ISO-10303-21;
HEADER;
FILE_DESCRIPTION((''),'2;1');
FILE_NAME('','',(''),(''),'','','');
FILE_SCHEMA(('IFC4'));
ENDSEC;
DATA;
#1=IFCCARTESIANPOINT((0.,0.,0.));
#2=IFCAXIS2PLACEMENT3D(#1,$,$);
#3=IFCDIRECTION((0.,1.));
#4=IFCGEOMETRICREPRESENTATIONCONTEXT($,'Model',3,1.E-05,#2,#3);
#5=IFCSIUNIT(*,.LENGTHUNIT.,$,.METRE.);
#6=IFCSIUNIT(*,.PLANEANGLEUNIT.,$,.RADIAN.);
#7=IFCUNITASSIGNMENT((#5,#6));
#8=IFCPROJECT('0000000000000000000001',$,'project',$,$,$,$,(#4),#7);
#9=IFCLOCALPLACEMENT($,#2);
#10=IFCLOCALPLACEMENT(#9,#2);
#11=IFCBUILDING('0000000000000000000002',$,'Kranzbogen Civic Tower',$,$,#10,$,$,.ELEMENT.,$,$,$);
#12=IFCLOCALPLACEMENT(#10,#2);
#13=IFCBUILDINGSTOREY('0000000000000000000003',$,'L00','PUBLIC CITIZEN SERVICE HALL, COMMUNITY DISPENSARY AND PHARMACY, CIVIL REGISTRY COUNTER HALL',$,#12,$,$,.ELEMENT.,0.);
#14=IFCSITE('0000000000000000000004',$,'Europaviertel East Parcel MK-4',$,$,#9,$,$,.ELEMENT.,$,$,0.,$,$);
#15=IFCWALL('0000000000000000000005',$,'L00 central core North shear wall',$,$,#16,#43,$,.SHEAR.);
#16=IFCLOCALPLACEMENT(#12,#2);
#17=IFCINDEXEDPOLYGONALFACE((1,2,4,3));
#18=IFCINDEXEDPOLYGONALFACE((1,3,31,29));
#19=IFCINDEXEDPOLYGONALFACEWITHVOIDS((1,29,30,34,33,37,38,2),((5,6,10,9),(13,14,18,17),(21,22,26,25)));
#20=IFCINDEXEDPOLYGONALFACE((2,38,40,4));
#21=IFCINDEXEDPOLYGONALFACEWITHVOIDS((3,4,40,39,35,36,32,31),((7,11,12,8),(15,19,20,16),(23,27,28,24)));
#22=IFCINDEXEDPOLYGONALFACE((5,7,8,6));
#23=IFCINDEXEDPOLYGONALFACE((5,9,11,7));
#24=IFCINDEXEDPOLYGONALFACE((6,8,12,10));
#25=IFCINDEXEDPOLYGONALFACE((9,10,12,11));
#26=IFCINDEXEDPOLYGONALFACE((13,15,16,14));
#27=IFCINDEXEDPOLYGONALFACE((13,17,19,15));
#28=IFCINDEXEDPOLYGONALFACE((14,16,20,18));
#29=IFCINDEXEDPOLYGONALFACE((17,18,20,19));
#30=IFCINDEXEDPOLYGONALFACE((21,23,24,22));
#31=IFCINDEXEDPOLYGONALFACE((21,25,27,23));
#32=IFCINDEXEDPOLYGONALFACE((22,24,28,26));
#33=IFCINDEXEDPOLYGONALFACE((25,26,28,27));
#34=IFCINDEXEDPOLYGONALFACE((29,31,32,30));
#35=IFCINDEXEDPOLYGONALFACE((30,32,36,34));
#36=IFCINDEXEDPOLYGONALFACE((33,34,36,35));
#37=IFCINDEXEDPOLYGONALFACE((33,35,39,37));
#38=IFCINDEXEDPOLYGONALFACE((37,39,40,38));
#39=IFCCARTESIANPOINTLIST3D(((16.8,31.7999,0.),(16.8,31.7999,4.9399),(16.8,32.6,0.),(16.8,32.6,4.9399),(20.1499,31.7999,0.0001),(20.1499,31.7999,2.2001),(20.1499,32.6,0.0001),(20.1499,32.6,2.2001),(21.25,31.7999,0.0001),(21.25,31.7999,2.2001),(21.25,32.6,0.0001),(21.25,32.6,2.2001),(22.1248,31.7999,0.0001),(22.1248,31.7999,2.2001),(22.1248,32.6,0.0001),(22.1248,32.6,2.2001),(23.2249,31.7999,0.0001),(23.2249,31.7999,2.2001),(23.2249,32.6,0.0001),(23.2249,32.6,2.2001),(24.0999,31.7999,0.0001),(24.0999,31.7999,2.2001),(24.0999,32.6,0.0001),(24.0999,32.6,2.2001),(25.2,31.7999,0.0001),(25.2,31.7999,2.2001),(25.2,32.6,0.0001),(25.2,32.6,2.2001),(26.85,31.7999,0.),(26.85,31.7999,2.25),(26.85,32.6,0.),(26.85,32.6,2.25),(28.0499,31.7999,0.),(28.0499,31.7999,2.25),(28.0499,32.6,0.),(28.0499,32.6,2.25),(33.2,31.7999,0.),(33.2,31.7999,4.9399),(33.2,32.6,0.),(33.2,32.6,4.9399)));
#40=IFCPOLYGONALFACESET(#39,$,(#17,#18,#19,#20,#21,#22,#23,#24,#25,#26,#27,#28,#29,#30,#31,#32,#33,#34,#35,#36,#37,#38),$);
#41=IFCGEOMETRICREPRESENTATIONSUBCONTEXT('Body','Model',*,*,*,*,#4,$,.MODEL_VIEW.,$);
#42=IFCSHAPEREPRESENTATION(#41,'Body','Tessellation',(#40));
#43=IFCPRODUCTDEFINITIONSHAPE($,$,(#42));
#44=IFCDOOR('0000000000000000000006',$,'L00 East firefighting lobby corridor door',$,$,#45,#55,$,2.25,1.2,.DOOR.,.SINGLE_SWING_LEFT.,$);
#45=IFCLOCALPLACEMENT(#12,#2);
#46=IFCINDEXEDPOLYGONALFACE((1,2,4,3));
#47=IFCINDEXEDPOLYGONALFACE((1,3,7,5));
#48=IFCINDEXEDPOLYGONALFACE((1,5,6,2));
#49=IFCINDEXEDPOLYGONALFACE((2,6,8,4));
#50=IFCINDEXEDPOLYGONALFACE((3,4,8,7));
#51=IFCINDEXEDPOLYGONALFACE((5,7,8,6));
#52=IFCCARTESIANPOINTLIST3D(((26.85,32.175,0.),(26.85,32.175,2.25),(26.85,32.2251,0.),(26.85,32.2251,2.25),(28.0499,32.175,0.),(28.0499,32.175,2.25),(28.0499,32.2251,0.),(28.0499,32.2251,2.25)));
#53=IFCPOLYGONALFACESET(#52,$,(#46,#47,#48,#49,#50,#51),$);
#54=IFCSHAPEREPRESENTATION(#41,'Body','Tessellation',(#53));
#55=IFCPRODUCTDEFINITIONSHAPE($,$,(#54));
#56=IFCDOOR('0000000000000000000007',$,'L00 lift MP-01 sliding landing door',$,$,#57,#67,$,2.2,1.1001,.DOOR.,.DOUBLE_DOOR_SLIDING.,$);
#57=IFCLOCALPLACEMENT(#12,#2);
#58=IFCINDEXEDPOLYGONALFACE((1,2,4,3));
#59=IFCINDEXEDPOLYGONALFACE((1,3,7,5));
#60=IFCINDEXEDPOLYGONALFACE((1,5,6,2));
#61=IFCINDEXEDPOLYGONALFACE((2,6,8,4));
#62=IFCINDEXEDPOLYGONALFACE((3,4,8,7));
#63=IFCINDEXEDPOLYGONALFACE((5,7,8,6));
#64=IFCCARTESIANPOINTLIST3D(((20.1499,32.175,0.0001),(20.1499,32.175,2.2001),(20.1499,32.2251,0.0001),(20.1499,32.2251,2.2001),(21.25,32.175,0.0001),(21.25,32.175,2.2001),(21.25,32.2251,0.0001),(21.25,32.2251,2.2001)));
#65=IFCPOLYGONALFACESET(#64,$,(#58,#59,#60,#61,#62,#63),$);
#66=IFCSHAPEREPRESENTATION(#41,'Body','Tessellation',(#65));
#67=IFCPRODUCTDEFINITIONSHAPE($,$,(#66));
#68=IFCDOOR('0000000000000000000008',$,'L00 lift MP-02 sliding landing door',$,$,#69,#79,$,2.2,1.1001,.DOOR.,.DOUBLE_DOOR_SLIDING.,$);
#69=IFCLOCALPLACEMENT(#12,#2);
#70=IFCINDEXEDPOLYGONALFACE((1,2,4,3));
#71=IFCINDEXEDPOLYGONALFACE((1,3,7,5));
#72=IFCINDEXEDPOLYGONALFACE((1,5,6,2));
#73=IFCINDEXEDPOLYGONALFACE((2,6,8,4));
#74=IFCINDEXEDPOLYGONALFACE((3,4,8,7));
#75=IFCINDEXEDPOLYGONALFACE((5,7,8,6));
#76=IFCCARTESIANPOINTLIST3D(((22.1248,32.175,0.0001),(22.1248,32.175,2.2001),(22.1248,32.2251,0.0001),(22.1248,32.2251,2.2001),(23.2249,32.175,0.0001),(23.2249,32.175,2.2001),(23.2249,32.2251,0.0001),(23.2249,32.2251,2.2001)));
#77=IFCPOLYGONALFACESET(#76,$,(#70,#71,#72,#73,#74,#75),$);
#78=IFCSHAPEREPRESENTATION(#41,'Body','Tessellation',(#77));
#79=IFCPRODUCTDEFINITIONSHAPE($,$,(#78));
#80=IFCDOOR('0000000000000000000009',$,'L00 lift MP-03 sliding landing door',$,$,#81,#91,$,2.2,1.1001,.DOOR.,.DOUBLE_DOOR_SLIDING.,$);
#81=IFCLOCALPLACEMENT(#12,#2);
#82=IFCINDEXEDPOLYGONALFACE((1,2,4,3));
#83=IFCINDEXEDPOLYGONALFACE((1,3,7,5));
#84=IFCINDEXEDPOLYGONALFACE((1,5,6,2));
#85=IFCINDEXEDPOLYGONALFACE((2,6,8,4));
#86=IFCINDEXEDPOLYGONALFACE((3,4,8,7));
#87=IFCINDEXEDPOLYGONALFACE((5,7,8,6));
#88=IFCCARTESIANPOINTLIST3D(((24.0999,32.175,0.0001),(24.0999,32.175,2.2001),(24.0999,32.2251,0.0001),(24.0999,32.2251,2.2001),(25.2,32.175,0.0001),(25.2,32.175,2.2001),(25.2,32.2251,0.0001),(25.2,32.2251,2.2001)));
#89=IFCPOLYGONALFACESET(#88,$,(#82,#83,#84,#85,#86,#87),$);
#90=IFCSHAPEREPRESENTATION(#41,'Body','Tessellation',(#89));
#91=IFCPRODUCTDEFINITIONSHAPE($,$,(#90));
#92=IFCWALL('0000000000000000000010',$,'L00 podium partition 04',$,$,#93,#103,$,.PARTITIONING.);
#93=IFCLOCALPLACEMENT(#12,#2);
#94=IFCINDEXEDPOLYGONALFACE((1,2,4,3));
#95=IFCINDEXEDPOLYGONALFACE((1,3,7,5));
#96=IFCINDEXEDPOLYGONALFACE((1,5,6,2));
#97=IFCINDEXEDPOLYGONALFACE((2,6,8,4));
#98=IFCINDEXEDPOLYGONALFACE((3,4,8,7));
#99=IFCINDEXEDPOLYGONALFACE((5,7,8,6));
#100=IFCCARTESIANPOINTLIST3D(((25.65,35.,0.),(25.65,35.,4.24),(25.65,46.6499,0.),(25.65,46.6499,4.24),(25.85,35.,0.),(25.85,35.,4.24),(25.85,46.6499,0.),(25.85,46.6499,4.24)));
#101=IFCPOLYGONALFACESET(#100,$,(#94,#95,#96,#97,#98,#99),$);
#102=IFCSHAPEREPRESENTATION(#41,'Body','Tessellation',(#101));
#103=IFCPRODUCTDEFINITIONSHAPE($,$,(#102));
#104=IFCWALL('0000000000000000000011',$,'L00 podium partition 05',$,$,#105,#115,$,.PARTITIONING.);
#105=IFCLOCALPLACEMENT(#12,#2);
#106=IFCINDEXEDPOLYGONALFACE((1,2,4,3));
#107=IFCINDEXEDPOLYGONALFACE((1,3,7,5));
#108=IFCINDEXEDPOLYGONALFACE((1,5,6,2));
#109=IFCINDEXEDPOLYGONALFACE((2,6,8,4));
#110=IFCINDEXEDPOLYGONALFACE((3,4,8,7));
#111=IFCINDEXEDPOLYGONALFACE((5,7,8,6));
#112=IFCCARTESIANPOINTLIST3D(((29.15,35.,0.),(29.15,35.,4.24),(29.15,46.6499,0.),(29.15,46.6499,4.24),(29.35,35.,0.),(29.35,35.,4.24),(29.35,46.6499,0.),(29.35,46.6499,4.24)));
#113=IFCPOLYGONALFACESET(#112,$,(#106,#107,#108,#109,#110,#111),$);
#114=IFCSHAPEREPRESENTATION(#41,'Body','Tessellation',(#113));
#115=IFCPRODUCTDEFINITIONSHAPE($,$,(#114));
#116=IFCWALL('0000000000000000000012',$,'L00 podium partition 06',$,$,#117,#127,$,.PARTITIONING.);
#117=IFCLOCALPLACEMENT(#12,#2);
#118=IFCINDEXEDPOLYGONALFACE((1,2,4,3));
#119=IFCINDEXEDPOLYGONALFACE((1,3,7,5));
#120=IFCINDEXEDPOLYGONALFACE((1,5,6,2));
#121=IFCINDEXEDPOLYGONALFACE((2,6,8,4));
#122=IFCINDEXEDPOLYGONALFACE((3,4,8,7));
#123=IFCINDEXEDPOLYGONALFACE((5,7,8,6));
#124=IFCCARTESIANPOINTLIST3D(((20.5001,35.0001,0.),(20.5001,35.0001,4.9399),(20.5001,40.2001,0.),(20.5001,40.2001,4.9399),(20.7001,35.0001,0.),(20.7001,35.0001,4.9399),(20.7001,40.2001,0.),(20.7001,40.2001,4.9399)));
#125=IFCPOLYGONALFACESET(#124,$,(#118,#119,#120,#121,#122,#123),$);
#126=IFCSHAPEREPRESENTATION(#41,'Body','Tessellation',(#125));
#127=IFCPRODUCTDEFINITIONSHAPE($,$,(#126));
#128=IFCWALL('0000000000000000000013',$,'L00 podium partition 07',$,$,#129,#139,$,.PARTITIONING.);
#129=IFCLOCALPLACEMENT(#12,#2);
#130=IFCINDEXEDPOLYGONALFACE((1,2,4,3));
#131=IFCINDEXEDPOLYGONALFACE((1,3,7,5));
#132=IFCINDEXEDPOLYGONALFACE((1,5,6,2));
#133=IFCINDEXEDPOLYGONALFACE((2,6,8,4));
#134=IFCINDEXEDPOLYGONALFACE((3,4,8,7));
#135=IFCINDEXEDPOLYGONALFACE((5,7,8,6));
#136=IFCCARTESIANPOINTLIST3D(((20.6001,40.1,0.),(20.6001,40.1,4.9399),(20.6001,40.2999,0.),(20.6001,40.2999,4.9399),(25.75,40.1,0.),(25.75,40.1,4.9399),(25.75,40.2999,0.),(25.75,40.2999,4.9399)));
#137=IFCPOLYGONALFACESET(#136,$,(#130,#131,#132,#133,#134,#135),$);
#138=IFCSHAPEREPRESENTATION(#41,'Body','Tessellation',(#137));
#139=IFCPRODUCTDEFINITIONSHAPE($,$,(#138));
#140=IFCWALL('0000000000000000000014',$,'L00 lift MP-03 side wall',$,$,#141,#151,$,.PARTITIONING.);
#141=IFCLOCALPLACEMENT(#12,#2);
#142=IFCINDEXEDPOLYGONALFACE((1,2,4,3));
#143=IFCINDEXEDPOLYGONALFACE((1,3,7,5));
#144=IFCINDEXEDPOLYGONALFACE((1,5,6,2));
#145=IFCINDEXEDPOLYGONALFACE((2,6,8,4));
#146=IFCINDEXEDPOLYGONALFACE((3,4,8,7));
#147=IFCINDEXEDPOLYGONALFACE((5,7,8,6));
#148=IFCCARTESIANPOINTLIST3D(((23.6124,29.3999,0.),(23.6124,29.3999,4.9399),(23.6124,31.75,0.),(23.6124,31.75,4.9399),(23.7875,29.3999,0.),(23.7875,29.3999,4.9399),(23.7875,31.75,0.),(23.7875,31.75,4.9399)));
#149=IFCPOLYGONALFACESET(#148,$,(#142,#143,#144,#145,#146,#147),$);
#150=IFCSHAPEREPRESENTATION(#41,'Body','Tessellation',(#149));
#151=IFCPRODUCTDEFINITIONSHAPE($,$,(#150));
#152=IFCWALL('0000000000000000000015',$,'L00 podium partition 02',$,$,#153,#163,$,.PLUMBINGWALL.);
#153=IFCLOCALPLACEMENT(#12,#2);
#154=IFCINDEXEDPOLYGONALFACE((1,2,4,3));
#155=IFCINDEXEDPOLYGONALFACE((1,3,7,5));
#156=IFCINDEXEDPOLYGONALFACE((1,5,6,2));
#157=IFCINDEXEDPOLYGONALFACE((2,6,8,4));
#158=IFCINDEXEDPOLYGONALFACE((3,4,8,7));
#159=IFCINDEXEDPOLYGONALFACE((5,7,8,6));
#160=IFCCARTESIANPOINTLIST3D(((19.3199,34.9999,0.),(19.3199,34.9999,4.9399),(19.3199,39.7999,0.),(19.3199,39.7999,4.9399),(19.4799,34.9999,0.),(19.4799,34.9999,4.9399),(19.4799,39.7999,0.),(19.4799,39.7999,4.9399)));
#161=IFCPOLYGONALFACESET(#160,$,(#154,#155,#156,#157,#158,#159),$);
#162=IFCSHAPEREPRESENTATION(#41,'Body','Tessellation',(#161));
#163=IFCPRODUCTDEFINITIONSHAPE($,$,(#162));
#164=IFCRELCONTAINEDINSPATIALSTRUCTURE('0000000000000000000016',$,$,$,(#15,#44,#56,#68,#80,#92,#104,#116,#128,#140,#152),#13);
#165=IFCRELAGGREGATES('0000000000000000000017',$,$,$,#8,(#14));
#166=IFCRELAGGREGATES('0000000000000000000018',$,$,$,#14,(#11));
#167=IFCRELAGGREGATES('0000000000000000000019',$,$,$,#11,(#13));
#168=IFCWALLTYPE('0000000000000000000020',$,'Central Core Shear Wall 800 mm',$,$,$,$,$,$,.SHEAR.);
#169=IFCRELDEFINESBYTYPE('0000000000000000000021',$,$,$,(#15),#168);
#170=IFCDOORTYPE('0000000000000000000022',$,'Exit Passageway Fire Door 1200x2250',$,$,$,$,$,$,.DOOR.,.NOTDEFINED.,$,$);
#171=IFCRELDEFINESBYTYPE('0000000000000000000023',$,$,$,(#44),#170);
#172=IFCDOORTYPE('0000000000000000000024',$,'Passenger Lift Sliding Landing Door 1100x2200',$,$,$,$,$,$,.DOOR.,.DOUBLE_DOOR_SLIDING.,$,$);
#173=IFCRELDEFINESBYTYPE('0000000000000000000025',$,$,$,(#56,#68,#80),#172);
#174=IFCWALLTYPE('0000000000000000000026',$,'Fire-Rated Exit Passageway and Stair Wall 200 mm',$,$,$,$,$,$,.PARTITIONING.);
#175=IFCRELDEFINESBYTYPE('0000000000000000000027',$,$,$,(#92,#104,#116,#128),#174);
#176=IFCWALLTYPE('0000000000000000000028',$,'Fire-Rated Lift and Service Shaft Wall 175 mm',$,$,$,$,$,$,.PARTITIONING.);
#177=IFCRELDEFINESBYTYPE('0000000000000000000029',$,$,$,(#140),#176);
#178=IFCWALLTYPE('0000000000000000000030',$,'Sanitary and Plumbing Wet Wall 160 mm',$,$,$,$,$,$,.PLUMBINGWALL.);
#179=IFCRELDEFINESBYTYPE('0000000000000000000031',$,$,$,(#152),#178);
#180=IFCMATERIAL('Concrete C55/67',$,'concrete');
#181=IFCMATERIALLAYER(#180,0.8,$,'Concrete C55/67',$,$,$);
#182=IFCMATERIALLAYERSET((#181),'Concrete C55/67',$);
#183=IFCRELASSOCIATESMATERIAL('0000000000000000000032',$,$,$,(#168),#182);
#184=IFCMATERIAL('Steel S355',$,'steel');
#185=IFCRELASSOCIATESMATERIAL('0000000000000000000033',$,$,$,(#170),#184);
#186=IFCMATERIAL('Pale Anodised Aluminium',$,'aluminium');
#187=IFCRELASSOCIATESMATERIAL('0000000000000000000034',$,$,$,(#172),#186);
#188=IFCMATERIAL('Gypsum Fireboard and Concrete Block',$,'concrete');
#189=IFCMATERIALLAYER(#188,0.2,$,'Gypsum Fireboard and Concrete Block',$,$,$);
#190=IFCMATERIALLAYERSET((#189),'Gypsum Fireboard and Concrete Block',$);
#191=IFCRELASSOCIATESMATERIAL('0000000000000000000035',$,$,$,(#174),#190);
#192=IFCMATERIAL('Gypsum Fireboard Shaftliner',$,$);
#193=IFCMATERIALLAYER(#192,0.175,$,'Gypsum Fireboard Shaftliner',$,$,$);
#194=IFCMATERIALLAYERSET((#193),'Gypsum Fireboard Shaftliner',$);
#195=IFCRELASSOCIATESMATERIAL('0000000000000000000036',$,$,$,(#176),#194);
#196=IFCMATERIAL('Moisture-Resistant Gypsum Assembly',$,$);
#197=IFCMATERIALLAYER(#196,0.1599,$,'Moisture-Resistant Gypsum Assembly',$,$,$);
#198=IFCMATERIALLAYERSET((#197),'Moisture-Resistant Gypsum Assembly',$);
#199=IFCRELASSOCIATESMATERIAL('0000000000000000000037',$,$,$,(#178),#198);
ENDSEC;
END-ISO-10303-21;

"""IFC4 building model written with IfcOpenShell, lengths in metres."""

from ifc_helpers import new_model, si_unit, direction, frame, frame_2d, origin, place, context, subcontext, project, spatial, rectangle, extrude, material, layer, layer_set, type_object, element, fill, save


model = new_model("IFC4")

# Units and contexts
model_context = context("Model", 3, precision=1e-05, world=origin(), true_north=direction((0.0, 1.0)))
body_context = subcontext(model_context, "Body", "Model", "MODEL_VIEW")
ifc_project = project(units=[si_unit("LENGTHUNIT", "METRE"), si_unit("PLANEANGLEUNIT", "RADIAN")], contexts=[model_context])

# Site, building, storey
site_placement = place(None, origin())
site = spatial("IfcSite", under=ifc_project, at=site_placement, Name="Europaviertel East Parcel MK-4", CompositionType="ELEMENT", RefElevation=0.0)
building_placement = place(site_placement, origin())
building = spatial("IfcBuilding", under=site, at=building_placement, Name="Kranzbogen Civic Tower", CompositionType="ELEMENT")
storey_placement = place(building_placement, origin())
storey = spatial("IfcBuildingStorey", under=building, at=storey_placement, Name="L00", Description="PUBLIC CITIZEN SERVICE HALL, COMMUNITY DISPENSARY AND PHARMACY, CIVIL REGISTRY COUNTER HALL", CompositionType="ELEMENT", Elevation=0.0)

# Shared definitions
ifc_material_1 = material(Name="Pale Anodised Aluminium", Category="aluminium")

# Shared definitions
ifc_material_2 = material(Name="Steel S355", Category="steel")

# Wall, openings, doors
ifc_material_3 = material(Name="Concrete C55/67", Category="concrete")
ifc_layer_1 = layer(ifc_material_3, 0.8, Name="Concrete C55/67")
ifc_layer_set_1 = layer_set([ifc_layer_1], Name="Concrete C55/67")
wall_type_1 = type_object("IfcWallType", Name="Central Core Shear Wall 800 mm", PredefinedType="SHEAR", material=ifc_layer_set_1)
wall_1_placement = place(storey_placement, frame((33.2, 32.2, 0.0), z_axis=(0.0, 0.0, 1.0), x_axis=(-1.0, 0.0, 0.0)))
wall_1 = element("IfcWall", 1, at=wall_1_placement, inside=storey, type_object=wall_type_1, Name="L00 central core North shear wall", PredefinedType="SHEAR", context=body_context, shape_type="SweptSolid", body=[
    extrude(rectangle(XDim=16.3999, YDim=0.8, at=frame_2d((8.2, 0.0))), origin(), (0.0, 0.0, 1.0), 4.9399),
])
opening_1_placement = place(wall_1_placement, frame((5.1499, 0.0, 0.0)))
opening_1 = element("IfcOpeningElement", 2, at=opening_1_placement, cuts=wall_1, PredefinedType="OPENING", context=body_context, shape_type="SweptSolid", body=[
    extrude(rectangle(XDim=1.2, YDim=2.25, at=frame_2d((0.6001, 1.125))), frame((0.0, 0.4102, 0.0), z_axis=(0.0, -1.0, 0.0), x_axis=(1.0, 0.0, 0.0)), (0.0, 0.0, 1.0), 0.8201),
])
opening_2_placement = place(wall_1_placement, frame((11.95, 0.0, 0.0)))
opening_2 = element("IfcOpeningElement", 3, at=opening_2_placement, cuts=wall_1, PredefinedType="OPENING", context=body_context, shape_type="SweptSolid", body=[
    extrude(rectangle(XDim=1.1001, YDim=2.2, at=frame_2d((0.55, 1.1001))), frame((0.0, 0.4102, 0.0), z_axis=(0.0, -1.0, 0.0), x_axis=(1.0, 0.0, 0.0)), (0.0, 0.0, 1.0), 0.8201),
])
opening_3_placement = place(wall_1_placement, frame((9.9751, 0.0, 0.0)))
opening_3 = element("IfcOpeningElement", 4, at=opening_3_placement, cuts=wall_1, PredefinedType="OPENING", context=body_context, shape_type="SweptSolid", body=[
    extrude(rectangle(XDim=1.1001, YDim=2.2, at=frame_2d((0.55, 1.1001))), frame((0.0, 0.4102, 0.0), z_axis=(0.0, -1.0, 0.0), x_axis=(1.0, 0.0, 0.0)), (0.0, 0.0, 1.0), 0.8201),
])
opening_4_placement = place(wall_1_placement, frame((8.0, 0.0, 0.0)))
opening_4 = element("IfcOpeningElement", 5, at=opening_4_placement, cuts=wall_1, PredefinedType="OPENING", context=body_context, shape_type="SweptSolid", body=[
    extrude(rectangle(XDim=1.1001, YDim=2.2, at=frame_2d((0.55, 1.1001))), frame((0.0, 0.4102, 0.0), z_axis=(0.0, -1.0, 0.0), x_axis=(1.0, 0.0, 0.0)), (0.0, 0.0, 1.0), 0.8201),
])
door_type_1 = type_object("IfcDoorType", Name="Exit Passageway Fire Door 1200x2250", OperationType="NOTDEFINED", PredefinedType="DOOR", material=ifc_material_2)
door_1_placement = place(opening_1_placement, origin())
door_1 = element("IfcDoor", 6, at=door_1_placement, inside=storey, type_object=door_type_1, Name="L00 East firefighting lobby corridor door", OperationType="SINGLE_SWING_LEFT", OverallHeight=2.25, OverallWidth=1.2, PredefinedType="DOOR", context=body_context, shape_type="SweptSolid", body=[
    extrude(rectangle(XDim=1.2, YDim=2.25, at=frame_2d((0.6001, 1.125))), frame((0.0, 0.0249, 0.0), z_axis=(0.0, -1.0, 0.0), x_axis=(1.0, 0.0, 0.0)), (0.0, 0.0, 1.0), 0.05),
])
fill(opening_1, door_1)
door_type_2 = type_object("IfcDoorType", Name="Passenger Lift Sliding Landing Door 1100x2200", OperationType="DOUBLE_DOOR_SLIDING", PredefinedType="DOOR", material=ifc_material_1)
door_2_placement = place(opening_2_placement, origin())
door_2 = element("IfcDoor", 7, at=door_2_placement, inside=storey, type_object=door_type_2, Name="L00 lift MP-01 sliding landing door", OperationType="DOUBLE_DOOR_SLIDING", OverallHeight=2.2, OverallWidth=1.1001, PredefinedType="DOOR", context=body_context, shape_type="SweptSolid", body=[
    extrude(rectangle(XDim=1.1001, YDim=2.2, at=frame_2d((0.55, 1.1001))), frame((0.0, 0.0249, 0.0), z_axis=(0.0, -1.0, 0.0), x_axis=(1.0, 0.0, 0.0)), (0.0, 0.0, 1.0), 0.05),
])
fill(opening_2, door_2)
door_3_placement = place(opening_3_placement, origin())
door_3 = element("IfcDoor", 8, at=door_3_placement, inside=storey, type_object=door_type_2, Name="L00 lift MP-02 sliding landing door", OperationType="DOUBLE_DOOR_SLIDING", OverallHeight=2.2, OverallWidth=1.1001, PredefinedType="DOOR", context=body_context, shape_type="SweptSolid", body=[
    extrude(rectangle(XDim=1.1001, YDim=2.2, at=frame_2d((0.55, 1.1001))), frame((0.0, 0.0249, 0.0), z_axis=(0.0, -1.0, 0.0), x_axis=(1.0, 0.0, 0.0)), (0.0, 0.0, 1.0), 0.05),
])
fill(opening_3, door_3)
door_4_placement = place(opening_4_placement, origin())
door_4 = element("IfcDoor", 9, at=door_4_placement, inside=storey, type_object=door_type_2, Name="L00 lift MP-03 sliding landing door", OperationType="DOUBLE_DOOR_SLIDING", OverallHeight=2.2, OverallWidth=1.1001, PredefinedType="DOOR", context=body_context, shape_type="SweptSolid", body=[
    extrude(rectangle(XDim=1.1001, YDim=2.2, at=frame_2d((0.55, 1.1001))), frame((0.0, 0.0249, 0.0), z_axis=(0.0, -1.0, 0.0), x_axis=(1.0, 0.0, 0.0)), (0.0, 0.0, 1.0), 0.05),
])
fill(opening_4, door_4)

# Walls
ifc_material_4 = material(Name="Gypsum Fireboard and Concrete Block", Category="concrete")
ifc_layer_2 = layer(ifc_material_4, 0.2, Name="Gypsum Fireboard and Concrete Block")
ifc_layer_set_2 = layer_set([ifc_layer_2], Name="Gypsum Fireboard and Concrete Block")
wall_type_2 = type_object("IfcWallType", Name="Fire-Rated Exit Passageway and Stair Wall 200 mm", PredefinedType="PARTITIONING", material=ifc_layer_set_2)
for number, where, z_axis, x_axis, name in (
    (10, (25.75, 35.0, 0.0), (0.0, 0.0, 1.0), (0.0, 1.0, 0.0), "L00 podium partition 04"),
    (11, (29.25, 35.0, 0.0), (0.0, 0.0, 1.0), (0.0, 1.0, 0.0), "L00 podium partition 05"),
):
    element("IfcWall", number, at=place(storey_placement, frame(where, z_axis=z_axis, x_axis=x_axis)), inside=storey, type_object=wall_type_2, Name=name, PredefinedType="PARTITIONING", context=body_context, shape_type="SweptSolid", body=[
        extrude(rectangle(XDim=11.6499, YDim=0.2, at=frame_2d((5.825, 0.0))), origin(), (0.0, 0.0, 1.0), 4.24),
    ])
wall_2_placement = place(storey_placement, frame((20.6001, 35.0, 0.0), z_axis=(0.0, 0.0, 1.0), x_axis=(0.0, 1.0, 0.0)))
element("IfcWall", 12, at=wall_2_placement, inside=storey, type_object=wall_type_2, Name="L00 podium partition 06", PredefinedType="PARTITIONING", context=body_context, shape_type="SweptSolid", body=[
    extrude(rectangle(XDim=5.2, YDim=0.2, at=frame_2d((2.6001, 0.0))), origin(), (0.0, 0.0, 1.0), 4.9399),
])
wall_3_placement = place(storey_placement, frame((20.6001, 40.2, 0.0), z_axis=(0.0, 0.0, 1.0), x_axis=(1.0, 0.0, 0.0)))
element("IfcWall", 13, at=wall_3_placement, inside=storey, type_object=wall_type_2, Name="L00 podium partition 07", PredefinedType="PARTITIONING", context=body_context, shape_type="SweptSolid", body=[
    extrude(rectangle(XDim=5.1499, YDim=0.2, at=frame_2d((2.575, 0.0))), origin(), (0.0, 0.0, 1.0), 4.9399),
])
ifc_material_5 = material(Name="Gypsum Fireboard Shaftliner")
ifc_layer_3 = layer(ifc_material_5, 0.175, Name="Gypsum Fireboard Shaftliner")
ifc_layer_set_3 = layer_set([ifc_layer_3], Name="Gypsum Fireboard Shaftliner")
wall_type_3 = type_object("IfcWallType", Name="Fire-Rated Lift and Service Shaft Wall 175 mm", PredefinedType="PARTITIONING", material=ifc_layer_set_3)
wall_4_placement = place(storey_placement, frame((23.7, 29.3999, 0.0), z_axis=(0.0, 0.0, 1.0), x_axis=(0.0, 1.0, 0.0)))
element("IfcWall", 14, at=wall_4_placement, inside=storey, type_object=wall_type_3, Name="L00 lift MP-03 side wall", PredefinedType="PARTITIONING", context=body_context, shape_type="SweptSolid", body=[
    extrude(rectangle(XDim=2.3501, YDim=0.175, at=frame_2d((1.175, 0.0))), origin(), (0.0, 0.0, 1.0), 4.9399),
])

# Wall
ifc_material_6 = material(Name="Moisture-Resistant Gypsum Assembly")
ifc_layer_4 = layer(ifc_material_6, 0.1599, Name="Moisture-Resistant Gypsum Assembly")
ifc_layer_set_4 = layer_set([ifc_layer_4], Name="Moisture-Resistant Gypsum Assembly")
wall_type_4 = type_object("IfcWallType", Name="Sanitary and Plumbing Wet Wall 160 mm", PredefinedType="PLUMBINGWALL", material=ifc_layer_set_4)
wall_5_placement = place(storey_placement, frame((19.3999, 35.0, 0.0), z_axis=(0.0, 0.0, 1.0), x_axis=(0.0, 1.0, 0.0)))
element("IfcWall", 15, at=wall_5_placement, inside=storey, type_object=wall_type_4, Name="L00 podium partition 02", PredefinedType="PLUMBINGWALL", context=body_context, shape_type="SweptSolid", body=[
    extrude(rectangle(XDim=4.8, YDim=0.1599, at=frame_2d((2.3999, 0.0))), origin(), (0.0, 0.0, 1.0), 4.9399),
])

save(model, "model.ifc")
